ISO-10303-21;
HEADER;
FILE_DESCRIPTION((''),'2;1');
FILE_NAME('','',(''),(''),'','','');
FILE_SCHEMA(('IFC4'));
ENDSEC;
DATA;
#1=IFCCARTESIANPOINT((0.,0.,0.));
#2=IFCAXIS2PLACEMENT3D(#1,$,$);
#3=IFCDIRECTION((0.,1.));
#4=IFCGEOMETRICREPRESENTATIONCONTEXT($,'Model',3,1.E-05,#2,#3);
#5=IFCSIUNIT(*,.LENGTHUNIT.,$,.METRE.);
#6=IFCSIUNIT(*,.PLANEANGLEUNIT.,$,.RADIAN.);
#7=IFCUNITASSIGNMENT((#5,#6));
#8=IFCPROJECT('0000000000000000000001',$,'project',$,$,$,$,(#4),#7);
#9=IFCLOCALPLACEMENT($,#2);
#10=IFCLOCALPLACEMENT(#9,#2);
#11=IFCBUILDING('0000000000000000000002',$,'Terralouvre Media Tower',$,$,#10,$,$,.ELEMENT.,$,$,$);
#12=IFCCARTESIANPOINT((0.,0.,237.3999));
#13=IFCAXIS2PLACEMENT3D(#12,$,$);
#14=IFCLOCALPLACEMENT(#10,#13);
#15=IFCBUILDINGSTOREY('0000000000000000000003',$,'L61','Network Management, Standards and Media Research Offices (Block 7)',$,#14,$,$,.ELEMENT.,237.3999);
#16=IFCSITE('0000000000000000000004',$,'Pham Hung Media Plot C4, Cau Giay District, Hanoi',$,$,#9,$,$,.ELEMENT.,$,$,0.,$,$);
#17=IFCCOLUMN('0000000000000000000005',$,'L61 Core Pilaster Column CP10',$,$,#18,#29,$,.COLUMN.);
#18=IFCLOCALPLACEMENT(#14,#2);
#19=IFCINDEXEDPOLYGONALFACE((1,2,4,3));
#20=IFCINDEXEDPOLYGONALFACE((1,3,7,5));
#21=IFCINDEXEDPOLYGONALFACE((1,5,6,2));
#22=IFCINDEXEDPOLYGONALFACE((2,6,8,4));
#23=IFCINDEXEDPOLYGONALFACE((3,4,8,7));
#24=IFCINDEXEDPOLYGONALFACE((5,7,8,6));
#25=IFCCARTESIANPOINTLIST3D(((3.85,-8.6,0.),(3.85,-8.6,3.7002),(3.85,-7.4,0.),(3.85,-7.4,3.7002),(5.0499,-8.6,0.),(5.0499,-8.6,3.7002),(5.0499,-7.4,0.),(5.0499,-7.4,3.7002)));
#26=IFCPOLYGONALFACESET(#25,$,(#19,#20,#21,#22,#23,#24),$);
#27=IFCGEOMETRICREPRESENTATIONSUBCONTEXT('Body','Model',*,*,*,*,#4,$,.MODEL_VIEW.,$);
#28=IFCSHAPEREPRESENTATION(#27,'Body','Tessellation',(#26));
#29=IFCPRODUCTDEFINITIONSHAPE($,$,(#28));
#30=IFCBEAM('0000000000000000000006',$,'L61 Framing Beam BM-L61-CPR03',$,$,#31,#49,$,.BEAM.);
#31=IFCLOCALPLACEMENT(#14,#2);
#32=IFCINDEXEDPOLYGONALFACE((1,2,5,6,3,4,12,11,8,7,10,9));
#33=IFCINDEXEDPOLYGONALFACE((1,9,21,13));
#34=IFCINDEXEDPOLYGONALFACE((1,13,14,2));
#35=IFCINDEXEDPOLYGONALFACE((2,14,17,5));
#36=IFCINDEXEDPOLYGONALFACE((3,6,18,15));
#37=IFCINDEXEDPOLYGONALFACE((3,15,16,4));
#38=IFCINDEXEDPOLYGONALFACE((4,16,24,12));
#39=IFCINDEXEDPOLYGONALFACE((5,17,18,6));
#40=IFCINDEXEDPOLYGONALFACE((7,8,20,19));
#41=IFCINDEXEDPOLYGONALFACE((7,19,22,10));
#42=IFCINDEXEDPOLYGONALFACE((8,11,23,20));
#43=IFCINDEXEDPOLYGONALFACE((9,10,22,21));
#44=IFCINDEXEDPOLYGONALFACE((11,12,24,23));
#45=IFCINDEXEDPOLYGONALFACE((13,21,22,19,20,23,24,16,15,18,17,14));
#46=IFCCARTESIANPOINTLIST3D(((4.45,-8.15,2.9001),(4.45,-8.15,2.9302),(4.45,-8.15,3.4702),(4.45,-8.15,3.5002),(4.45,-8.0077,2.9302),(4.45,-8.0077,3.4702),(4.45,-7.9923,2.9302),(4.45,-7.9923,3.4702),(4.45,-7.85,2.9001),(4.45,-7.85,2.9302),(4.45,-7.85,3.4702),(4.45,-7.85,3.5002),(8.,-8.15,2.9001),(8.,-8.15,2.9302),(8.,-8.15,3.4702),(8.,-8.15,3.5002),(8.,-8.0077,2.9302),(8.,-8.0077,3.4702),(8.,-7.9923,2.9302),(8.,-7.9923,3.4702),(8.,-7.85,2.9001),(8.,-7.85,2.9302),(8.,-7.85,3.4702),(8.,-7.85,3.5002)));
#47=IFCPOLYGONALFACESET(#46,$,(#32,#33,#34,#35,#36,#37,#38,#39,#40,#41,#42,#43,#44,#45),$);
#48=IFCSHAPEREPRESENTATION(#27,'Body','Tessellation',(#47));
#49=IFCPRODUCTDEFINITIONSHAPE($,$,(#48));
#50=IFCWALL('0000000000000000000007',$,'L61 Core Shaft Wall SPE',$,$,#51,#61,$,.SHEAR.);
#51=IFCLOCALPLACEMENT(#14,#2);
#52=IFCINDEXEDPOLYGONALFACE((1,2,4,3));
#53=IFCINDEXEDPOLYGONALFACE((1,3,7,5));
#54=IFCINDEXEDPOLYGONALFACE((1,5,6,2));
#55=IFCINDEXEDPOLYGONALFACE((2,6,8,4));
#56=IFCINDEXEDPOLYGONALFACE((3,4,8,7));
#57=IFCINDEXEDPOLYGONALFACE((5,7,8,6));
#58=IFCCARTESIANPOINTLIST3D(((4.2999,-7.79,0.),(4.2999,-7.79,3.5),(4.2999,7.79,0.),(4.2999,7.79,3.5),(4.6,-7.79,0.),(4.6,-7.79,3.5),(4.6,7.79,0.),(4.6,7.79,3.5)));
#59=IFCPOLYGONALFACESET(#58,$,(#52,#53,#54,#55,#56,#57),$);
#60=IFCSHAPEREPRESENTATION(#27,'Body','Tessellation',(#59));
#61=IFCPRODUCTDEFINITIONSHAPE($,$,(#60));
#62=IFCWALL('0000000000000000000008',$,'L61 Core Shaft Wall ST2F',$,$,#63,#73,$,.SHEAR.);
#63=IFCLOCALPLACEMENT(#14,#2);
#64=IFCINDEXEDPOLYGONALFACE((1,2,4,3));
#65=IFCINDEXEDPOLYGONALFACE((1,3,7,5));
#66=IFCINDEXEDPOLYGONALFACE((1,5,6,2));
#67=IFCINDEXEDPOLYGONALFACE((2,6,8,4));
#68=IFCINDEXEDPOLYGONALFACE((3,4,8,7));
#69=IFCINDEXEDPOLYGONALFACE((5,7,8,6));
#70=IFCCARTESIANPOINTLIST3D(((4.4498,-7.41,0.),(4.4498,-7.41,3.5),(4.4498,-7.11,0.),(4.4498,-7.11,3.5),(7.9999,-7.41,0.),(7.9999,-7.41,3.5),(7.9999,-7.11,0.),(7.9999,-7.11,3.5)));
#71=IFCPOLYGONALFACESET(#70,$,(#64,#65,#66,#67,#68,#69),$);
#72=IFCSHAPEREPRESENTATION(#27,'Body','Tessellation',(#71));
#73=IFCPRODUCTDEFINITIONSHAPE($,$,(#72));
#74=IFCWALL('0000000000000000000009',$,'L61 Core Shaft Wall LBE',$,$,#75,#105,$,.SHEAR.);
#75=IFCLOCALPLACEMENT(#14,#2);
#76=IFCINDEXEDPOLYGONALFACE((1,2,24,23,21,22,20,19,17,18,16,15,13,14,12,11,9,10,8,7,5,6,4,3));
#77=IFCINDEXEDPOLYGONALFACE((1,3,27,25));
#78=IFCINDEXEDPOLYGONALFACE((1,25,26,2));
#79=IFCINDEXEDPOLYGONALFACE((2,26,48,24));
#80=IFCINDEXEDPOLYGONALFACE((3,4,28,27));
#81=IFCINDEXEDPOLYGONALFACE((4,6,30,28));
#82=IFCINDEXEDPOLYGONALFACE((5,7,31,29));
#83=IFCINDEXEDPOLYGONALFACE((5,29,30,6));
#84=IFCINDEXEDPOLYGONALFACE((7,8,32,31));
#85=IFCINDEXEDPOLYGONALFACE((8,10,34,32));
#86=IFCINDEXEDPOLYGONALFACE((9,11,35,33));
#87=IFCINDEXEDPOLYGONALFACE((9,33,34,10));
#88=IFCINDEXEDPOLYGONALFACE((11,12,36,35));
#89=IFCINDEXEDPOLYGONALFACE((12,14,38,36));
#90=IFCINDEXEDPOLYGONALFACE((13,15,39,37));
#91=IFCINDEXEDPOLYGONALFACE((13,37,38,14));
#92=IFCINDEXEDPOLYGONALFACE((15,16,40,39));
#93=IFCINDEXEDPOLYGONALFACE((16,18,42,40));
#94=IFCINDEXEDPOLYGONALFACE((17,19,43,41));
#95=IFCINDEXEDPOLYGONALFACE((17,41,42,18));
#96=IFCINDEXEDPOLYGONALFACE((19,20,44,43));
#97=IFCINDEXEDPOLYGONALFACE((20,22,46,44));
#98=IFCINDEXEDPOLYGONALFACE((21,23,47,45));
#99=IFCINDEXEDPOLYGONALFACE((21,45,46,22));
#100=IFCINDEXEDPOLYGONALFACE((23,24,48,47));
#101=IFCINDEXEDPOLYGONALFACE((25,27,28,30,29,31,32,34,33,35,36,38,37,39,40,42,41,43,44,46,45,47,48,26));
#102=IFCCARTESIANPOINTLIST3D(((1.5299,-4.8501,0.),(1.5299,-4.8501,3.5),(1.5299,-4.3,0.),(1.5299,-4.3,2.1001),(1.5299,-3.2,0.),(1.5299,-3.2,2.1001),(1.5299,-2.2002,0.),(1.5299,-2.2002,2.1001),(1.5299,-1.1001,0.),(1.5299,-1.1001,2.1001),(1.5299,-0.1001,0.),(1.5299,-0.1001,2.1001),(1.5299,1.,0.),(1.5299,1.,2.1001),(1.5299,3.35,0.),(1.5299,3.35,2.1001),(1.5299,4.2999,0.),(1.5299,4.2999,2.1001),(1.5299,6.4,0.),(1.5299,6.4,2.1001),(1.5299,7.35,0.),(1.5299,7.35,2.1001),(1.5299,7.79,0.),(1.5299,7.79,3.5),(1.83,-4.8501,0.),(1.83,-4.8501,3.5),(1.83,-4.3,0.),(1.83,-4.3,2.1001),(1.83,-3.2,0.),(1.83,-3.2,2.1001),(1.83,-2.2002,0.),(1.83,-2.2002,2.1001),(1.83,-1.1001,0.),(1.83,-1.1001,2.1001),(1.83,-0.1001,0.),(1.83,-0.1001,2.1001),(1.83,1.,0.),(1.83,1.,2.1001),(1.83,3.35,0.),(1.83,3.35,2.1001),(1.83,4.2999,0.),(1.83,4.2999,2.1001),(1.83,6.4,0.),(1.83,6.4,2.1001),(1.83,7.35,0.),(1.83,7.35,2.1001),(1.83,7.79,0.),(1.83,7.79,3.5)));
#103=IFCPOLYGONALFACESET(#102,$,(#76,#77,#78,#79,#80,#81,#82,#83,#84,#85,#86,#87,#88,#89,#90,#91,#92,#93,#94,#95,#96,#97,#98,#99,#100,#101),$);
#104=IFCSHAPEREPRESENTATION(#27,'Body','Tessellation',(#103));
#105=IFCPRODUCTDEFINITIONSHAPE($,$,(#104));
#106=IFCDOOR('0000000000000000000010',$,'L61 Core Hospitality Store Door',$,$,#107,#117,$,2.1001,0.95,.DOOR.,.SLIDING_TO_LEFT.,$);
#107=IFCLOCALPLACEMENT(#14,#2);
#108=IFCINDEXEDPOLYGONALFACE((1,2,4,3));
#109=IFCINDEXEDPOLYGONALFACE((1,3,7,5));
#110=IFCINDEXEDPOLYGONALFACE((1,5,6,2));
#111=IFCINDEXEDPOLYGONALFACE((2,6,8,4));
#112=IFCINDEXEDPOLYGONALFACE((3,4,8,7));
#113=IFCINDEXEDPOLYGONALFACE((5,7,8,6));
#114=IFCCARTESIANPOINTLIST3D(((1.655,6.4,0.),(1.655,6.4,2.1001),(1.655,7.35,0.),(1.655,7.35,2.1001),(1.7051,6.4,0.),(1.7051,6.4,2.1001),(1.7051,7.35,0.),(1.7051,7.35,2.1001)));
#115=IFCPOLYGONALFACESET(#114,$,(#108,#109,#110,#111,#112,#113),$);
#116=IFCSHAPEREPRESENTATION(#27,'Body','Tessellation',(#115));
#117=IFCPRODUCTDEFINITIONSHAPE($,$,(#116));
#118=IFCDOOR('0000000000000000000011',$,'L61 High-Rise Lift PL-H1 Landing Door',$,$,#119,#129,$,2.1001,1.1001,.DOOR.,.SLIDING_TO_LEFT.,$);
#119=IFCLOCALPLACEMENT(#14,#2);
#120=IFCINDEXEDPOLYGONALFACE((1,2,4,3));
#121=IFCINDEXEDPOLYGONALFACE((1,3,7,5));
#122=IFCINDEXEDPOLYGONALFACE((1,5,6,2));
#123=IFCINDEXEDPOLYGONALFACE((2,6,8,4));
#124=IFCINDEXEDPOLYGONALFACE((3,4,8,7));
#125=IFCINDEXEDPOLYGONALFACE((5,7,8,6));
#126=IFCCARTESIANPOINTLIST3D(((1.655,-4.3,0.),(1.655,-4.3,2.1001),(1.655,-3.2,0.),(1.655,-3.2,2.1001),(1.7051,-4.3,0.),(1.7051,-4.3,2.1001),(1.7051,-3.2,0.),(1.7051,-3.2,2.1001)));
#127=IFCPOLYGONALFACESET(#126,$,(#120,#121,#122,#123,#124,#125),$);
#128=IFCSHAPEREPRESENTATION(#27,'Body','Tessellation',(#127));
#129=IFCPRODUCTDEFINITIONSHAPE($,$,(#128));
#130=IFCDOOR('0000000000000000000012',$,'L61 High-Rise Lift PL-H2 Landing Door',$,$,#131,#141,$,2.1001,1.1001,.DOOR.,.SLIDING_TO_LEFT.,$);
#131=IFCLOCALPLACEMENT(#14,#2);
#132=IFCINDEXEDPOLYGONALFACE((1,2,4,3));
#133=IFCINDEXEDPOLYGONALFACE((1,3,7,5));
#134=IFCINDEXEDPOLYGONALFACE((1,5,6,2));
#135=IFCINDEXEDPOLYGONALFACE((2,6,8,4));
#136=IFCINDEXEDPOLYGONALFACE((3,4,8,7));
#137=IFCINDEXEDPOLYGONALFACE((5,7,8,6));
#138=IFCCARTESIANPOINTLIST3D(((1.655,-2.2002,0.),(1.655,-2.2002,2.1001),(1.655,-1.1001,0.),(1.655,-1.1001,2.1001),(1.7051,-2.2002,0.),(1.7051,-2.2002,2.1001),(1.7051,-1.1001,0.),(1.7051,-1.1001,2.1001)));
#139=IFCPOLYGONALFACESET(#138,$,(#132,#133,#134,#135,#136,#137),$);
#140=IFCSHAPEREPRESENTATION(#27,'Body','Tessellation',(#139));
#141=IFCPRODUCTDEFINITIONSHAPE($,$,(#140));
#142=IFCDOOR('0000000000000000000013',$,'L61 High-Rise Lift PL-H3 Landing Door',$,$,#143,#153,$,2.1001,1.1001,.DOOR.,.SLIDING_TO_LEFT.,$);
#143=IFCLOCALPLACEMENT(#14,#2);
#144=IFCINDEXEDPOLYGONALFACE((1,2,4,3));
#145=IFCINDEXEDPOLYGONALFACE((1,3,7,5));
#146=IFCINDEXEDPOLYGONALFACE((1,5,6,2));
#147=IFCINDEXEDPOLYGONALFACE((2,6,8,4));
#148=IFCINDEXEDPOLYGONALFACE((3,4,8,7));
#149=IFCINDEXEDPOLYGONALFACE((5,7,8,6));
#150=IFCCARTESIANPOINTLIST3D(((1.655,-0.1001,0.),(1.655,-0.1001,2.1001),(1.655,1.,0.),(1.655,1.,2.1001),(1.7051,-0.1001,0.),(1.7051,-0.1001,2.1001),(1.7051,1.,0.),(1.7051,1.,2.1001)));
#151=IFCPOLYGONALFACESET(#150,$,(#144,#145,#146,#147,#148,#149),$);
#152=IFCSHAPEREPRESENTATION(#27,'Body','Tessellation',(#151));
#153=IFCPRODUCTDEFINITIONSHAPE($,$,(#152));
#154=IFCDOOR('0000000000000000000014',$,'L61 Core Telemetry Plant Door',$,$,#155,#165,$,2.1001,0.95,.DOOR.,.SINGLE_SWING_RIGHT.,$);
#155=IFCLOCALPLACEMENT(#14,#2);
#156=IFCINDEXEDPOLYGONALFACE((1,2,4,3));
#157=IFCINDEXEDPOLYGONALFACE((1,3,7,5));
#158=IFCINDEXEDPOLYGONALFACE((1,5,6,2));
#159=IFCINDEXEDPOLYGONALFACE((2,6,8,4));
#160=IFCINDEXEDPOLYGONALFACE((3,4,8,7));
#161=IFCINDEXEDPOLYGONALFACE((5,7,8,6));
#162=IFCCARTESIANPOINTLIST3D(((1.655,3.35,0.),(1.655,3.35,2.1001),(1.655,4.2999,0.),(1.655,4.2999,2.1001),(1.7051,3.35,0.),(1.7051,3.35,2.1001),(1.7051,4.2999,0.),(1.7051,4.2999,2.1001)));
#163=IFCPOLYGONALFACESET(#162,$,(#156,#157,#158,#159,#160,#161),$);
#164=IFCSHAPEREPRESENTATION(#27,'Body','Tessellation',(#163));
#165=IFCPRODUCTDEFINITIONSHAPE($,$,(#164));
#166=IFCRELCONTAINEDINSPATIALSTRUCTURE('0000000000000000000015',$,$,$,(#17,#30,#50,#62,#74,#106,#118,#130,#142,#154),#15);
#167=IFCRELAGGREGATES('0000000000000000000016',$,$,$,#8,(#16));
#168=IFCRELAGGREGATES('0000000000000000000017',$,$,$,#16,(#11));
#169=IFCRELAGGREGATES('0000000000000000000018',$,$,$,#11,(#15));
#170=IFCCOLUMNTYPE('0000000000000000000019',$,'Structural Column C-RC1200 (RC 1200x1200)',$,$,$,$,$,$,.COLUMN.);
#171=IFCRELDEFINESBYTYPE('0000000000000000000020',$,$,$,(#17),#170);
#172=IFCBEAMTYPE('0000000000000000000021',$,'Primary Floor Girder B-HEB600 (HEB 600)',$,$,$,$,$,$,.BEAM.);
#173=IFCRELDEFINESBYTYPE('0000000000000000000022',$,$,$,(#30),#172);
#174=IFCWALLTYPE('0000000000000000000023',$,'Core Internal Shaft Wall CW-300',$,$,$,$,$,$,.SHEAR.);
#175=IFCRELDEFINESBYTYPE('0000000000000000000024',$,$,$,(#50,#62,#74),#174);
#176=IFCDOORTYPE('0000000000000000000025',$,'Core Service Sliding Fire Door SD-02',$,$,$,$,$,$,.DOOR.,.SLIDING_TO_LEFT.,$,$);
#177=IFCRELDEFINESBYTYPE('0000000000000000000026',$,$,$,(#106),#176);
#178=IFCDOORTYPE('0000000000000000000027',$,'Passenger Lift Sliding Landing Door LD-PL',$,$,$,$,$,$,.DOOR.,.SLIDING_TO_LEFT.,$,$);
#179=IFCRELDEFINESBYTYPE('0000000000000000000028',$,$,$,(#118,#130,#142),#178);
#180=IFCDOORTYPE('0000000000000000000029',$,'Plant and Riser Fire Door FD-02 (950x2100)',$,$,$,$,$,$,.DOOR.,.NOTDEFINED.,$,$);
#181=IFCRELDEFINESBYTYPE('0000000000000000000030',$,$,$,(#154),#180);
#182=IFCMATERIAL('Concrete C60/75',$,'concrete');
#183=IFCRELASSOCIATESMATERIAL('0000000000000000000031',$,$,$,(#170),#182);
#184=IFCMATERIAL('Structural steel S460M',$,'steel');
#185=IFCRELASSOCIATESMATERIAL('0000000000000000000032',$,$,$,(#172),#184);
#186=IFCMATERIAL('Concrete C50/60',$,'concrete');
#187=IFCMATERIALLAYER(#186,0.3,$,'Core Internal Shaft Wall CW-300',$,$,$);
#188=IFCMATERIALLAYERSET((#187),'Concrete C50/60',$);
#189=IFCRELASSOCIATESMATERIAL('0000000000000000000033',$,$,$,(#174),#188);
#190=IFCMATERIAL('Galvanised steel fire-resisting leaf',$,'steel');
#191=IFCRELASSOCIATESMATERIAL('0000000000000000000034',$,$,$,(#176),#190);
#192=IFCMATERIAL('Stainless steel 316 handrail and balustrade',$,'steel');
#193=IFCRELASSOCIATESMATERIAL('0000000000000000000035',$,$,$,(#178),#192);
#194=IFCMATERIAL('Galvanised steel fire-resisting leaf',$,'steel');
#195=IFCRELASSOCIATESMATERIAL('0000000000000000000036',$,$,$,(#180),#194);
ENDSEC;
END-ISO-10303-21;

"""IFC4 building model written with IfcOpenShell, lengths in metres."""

from ifc_helpers import new_model, si_unit, direction, frame, frame_2d, origin, origin_2d, place, context, subcontext, project, spatial, rectangle, i_section, extrude, material, layer, layer_set, material_profile, profile_set, type_object, element, fill, save


model = new_model("IFC4")

# Units and contexts
model_context = context("Model", 3, precision=1e-05, world=origin(), true_north=direction((0.0, 1.0)))
body_context = subcontext(model_context, "Body", "Model", "MODEL_VIEW")
ifc_project = project(units=[si_unit("LENGTHUNIT", "METRE"), si_unit("PLANEANGLEUNIT", "RADIAN")], contexts=[model_context])

# Site, building, storey
site_placement = place(None, origin())
site = spatial("IfcSite", under=ifc_project, at=site_placement, Name="Pham Hung Media Plot C4, Cau Giay District, Hanoi", CompositionType="ELEMENT", RefElevation=0.0)
building_placement = place(site_placement, origin())
building = spatial("IfcBuilding", under=site, at=building_placement, Name="Terralouvre Media Tower", CompositionType="ELEMENT")
storey_placement = place(building_placement, frame((0.0, 0.0, 237.3999)))
storey = spatial("IfcBuildingStorey", under=building, at=storey_placement, Name="L61", Description="Network Management, Standards and Media Research Offices (Block 7)", CompositionType="ELEMENT", Elevation=237.3999)

# Column
ifc_material_1 = material(Name="Concrete C60/75", Category="concrete")
ifc_material_profile_1 = material_profile(ifc_material_1, rectangle(XDim=1.2, YDim=1.2, at=origin_2d()), Name="RC 1200x1200")
ifc_profile_set_1 = profile_set([ifc_material_profile_1], Name="Concrete C60/75")
column_type = type_object("IfcColumnType", Name="Structural Column C-RC1200 (RC 1200x1200)", PredefinedType="COLUMN", material=ifc_profile_set_1)
column_placement = place(storey_placement, frame((4.45, -8.0, 0.0), z_axis=(0.0, 0.0, 1.0), x_axis=(1.0, 0.0, 0.0)))
element("IfcColumn", 1, at=column_placement, inside=storey, type_object=column_type, Name="L61 Core Pilaster Column CP10", PredefinedType="COLUMN", context=body_context, shape_type="SweptSolid", body=[
    extrude(rectangle(XDim=1.2, YDim=1.2, at=origin_2d()), origin(), (0.0, 0.0, 1.0), 3.7002),
])

# Beam
ifc_material_2 = material(Name="Structural steel S460M", Category="steel")
ifc_material_profile_2 = material_profile(ifc_material_2, i_section(OverallWidth=0.3, OverallDepth=0.6001, WebThickness=0.0154, FlangeThickness=0.03, at=origin_2d()), Name="HEB 600")
ifc_profile_set_2 = profile_set([ifc_material_profile_2], Name="Structural steel S460M")
beam_type = type_object("IfcBeamType", Name="Primary Floor Girder B-HEB600 (HEB 600)", PredefinedType="BEAM", material=ifc_profile_set_2)
beam_placement = place(storey_placement, frame((4.45, -8.0, 3.2002), z_axis=(1.0, 0.0, 0.0), x_axis=(0.0, 1.0, 0.0)))
element("IfcBeam", 2, at=beam_placement, inside=storey, type_object=beam_type, Name="L61 Framing Beam BM-L61-CPR03", PredefinedType="BEAM", context=body_context, shape_type="SweptSolid", body=[
    extrude(i_section(OverallWidth=0.3, OverallDepth=0.6001, WebThickness=0.0154, FlangeThickness=0.03, at=origin_2d()), origin(), (0.0, 0.0, 1.0), 3.55),
])

# Wall
ifc_material_3 = material(Name="Concrete C50/60", Category="concrete")
ifc_layer_1 = layer(ifc_material_3, 0.3, Name="Core Internal Shaft Wall CW-300")
ifc_layer_set_1 = layer_set([ifc_layer_1], Name="Concrete C50/60")
wall_type_1 = type_object("IfcWallType", Name="Core Internal Shaft Wall CW-300", PredefinedType="SHEAR", material=ifc_layer_set_1)
wall_1_placement = place(storey_placement, frame((4.45, -7.79, 0.0), z_axis=(0.0, 0.0, 1.0), x_axis=(0.0, 1.0, 0.0)))
element("IfcWall", 3, at=wall_1_placement, inside=storey, type_object=wall_type_1, Name="L61 Core Shaft Wall SPE", PredefinedType="SHEAR", context=body_context, shape_type="SweptSolid", body=[
    extrude(rectangle(XDim=15.5801, YDim=0.3, at=frame_2d((7.79, 0.0))), origin(), (0.0, 0.0, 1.0), 3.5),
])

# Wall
wall_2_placement = place(storey_placement, frame((4.45, -7.26, 0.0), z_axis=(0.0, 0.0, 1.0), x_axis=(1.0, 0.0, 0.0)))
element("IfcWall", 4, at=wall_2_placement, inside=storey, type_object=wall_type_1, Name="L61 Core Shaft Wall ST2F", PredefinedType="SHEAR", context=body_context, shape_type="SweptSolid", body=[
    extrude(rectangle(XDim=3.55, YDim=0.3, at=frame_2d((1.7749, 0.0))), origin(), (0.0, 0.0, 1.0), 3.5),
])

# Wall, openings, doors
wall_3_placement = place(storey_placement, frame((1.6799, -4.8501, 0.0), z_axis=(0.0, 0.0, 1.0), x_axis=(0.0, 1.0, 0.0)))
wall_3 = element("IfcWall", 5, at=wall_3_placement, inside=storey, type_object=wall_type_1, Name="L61 Core Shaft Wall LBE", PredefinedType="SHEAR", context=body_context, shape_type="SweptSolid", body=[
    extrude(rectangle(XDim=12.6401, YDim=0.3, at=frame_2d((6.3201, 0.0))), origin(), (0.0, 0.0, 1.0), 3.5),
])
opening_1_placement = place(wall_3_placement, frame((0.55, 0.0, 0.0)))
opening_1 = element("IfcOpeningElement", 6, at=opening_1_placement, cuts=wall_3, PredefinedType="OPENING", context=body_context, shape_type="SweptSolid", body=[
    extrude(rectangle(XDim=1.1001, YDim=2.1001, at=frame_2d((0.55, 1.05))), frame((0.0, 0.1599, 0.0), z_axis=(0.0, -1.0, 0.0), x_axis=(1.0, 0.0, 0.0)), (0.0, 0.0, 1.0), 0.3201),
])
opening_2_placement = place(wall_3_placement, frame((2.6499, 0.0, 0.0)))
opening_2 = element("IfcOpeningElement", 7, at=opening_2_placement, cuts=wall_3, PredefinedType="OPENING", context=body_context, shape_type="SweptSolid", body=[
    extrude(rectangle(XDim=1.1001, YDim=2.1001, at=frame_2d((0.55, 1.05))), frame((0.0, 0.1599, 0.0), z_axis=(0.0, -1.0, 0.0), x_axis=(1.0, 0.0, 0.0)), (0.0, 0.0, 1.0), 0.3201),
])
opening_3_placement = place(wall_3_placement, frame((4.75, 0.0, 0.0)))
opening_3 = element("IfcOpeningElement", 8, at=opening_3_placement, cuts=wall_3, PredefinedType="OPENING", context=body_context, shape_type="SweptSolid", body=[
    extrude(rectangle(XDim=1.1001, YDim=2.1001, at=frame_2d((0.55, 1.05))), frame((0.0, 0.1599, 0.0), z_axis=(0.0, -1.0, 0.0), x_axis=(1.0, 0.0, 0.0)), (0.0, 0.0, 1.0), 0.3201),
])
opening_4_placement = place(wall_3_placement, frame((8.2, 0.0, 0.0)))
opening_4 = element("IfcOpeningElement", 9, at=opening_4_placement, cuts=wall_3, PredefinedType="OPENING", context=body_context, shape_type="SweptSolid", body=[
    extrude(rectangle(XDim=0.95, YDim=2.1001, at=frame_2d((0.4751, 1.05))), frame((0.0, 0.1599, 0.0), z_axis=(0.0, -1.0, 0.0), x_axis=(1.0, 0.0, 0.0)), (0.0, 0.0, 1.0), 0.3201),
])
opening_5_placement = place(wall_3_placement, frame((11.25, 0.0, 0.0)))
opening_5 = element("IfcOpeningElement", 10, at=opening_5_placement, cuts=wall_3, PredefinedType="OPENING", context=body_context, shape_type="SweptSolid", body=[
    extrude(rectangle(XDim=0.95, YDim=2.1001, at=frame_2d((0.4751, 1.05))), frame((0.0, 0.1599, 0.0), z_axis=(0.0, -1.0, 0.0), x_axis=(1.0, 0.0, 0.0)), (0.0, 0.0, 1.0), 0.3201),
])
ifc_material_4 = material(Name="Galvanised steel fire-resisting leaf", Category="steel")
door_type_1 = type_object("IfcDoorType", Name="Core Service Sliding Fire Door SD-02", OperationType="SLIDING_TO_LEFT", PredefinedType="DOOR", material=ifc_material_4)
door_1_placement = place(opening_5_placement, origin())
door_1 = element("IfcDoor", 11, at=door_1_placement, inside=storey, type_object=door_type_1, Name="L61 Core Hospitality Store Door", OperationType="SLIDING_TO_LEFT", OverallHeight=2.1001, OverallWidth=0.95, PredefinedType="DOOR", context=body_context, shape_type="SweptSolid", body=[
    extrude(rectangle(XDim=0.95, YDim=2.1001, at=frame_2d((0.4751, 1.05))), frame((0.0, 0.0249, 0.0), z_axis=(0.0, -1.0, 0.0), x_axis=(1.0, 0.0, 0.0)), (0.0, 0.0, 1.0), 0.05),
])
fill(opening_5, door_1)
ifc_material_5 = material(Name="Stainless steel 316 handrail and balustrade", Category="steel")
door_type_2 = type_object("IfcDoorType", Name="Passenger Lift Sliding Landing Door LD-PL", OperationType="SLIDING_TO_LEFT", PredefinedType="DOOR", material=ifc_material_5)
door_2_placement = place(opening_1_placement, origin())
door_2 = element("IfcDoor", 12, at=door_2_placement, inside=storey, type_object=door_type_2, Name="L61 High-Rise Lift PL-H1 Landing Door", OperationType="SLIDING_TO_LEFT", OverallHeight=2.1001, OverallWidth=1.1001, PredefinedType="DOOR", context=body_context, shape_type="SweptSolid", body=[
    extrude(rectangle(XDim=1.1001, YDim=2.1001, at=frame_2d((0.55, 1.05))), frame((0.0, 0.0249, 0.0), z_axis=(0.0, -1.0, 0.0), x_axis=(1.0, 0.0, 0.0)), (0.0, 0.0, 1.0), 0.05),
])
fill(opening_1, door_2)
door_3_placement = place(opening_2_placement, origin())
door_3 = element("IfcDoor", 13, at=door_3_placement, inside=storey, type_object=door_type_2, Name="L61 High-Rise Lift PL-H2 Landing Door", OperationType="SLIDING_TO_LEFT", OverallHeight=2.1001, OverallWidth=1.1001, PredefinedType="DOOR", context=body_context, shape_type="SweptSolid", body=[
    extrude(rectangle(XDim=1.1001, YDim=2.1001, at=frame_2d((0.55, 1.05))), frame((0.0, 0.0249, 0.0), z_axis=(0.0, -1.0, 0.0), x_axis=(1.0, 0.0, 0.0)), (0.0, 0.0, 1.0), 0.05),
])
fill(opening_2, door_3)
door_4_placement = place(opening_3_placement, origin())
door_4 = element("IfcDoor", 14, at=door_4_placement, inside=storey, type_object=door_type_2, Name="L61 High-Rise Lift PL-H3 Landing Door", OperationType="SLIDING_TO_LEFT", OverallHeight=2.1001, OverallWidth=1.1001, PredefinedType="DOOR", context=body_context, shape_type="SweptSolid", body=[
    extrude(rectangle(XDim=1.1001, YDim=2.1001, at=frame_2d((0.55, 1.05))), frame((0.0, 0.0249, 0.0), z_axis=(0.0, -1.0, 0.0), x_axis=(1.0, 0.0, 0.0)), (0.0, 0.0, 1.0), 0.05),
])
fill(opening_3, door_4)
ifc_material_6 = material(Name="Galvanised steel fire-resisting leaf", Category="steel")
door_type_3 = type_object("IfcDoorType", Name="Plant and Riser Fire Door FD-02 (950x2100)", OperationType="NOTDEFINED", PredefinedType="DOOR", material=ifc_material_6)
door_5_placement = place(opening_4_placement, origin())
door_5 = element("IfcDoor", 15, at=door_5_placement, inside=storey, type_object=door_type_3, Name="L61 Core Telemetry Plant Door", OperationType="SINGLE_SWING_RIGHT", OverallHeight=2.1001, OverallWidth=0.95, PredefinedType="DOOR", context=body_context, shape_type="SweptSolid", body=[
    extrude(rectangle(XDim=0.95, YDim=2.1001, at=frame_2d((0.4751, 1.05))), frame((0.0, 0.0249, 0.0), z_axis=(0.0, -1.0, 0.0), x_axis=(1.0, 0.0, 0.0)), (0.0, 0.0, 1.0), 0.05),
])
fill(opening_4, door_5)

save(model, "model.ifc")
